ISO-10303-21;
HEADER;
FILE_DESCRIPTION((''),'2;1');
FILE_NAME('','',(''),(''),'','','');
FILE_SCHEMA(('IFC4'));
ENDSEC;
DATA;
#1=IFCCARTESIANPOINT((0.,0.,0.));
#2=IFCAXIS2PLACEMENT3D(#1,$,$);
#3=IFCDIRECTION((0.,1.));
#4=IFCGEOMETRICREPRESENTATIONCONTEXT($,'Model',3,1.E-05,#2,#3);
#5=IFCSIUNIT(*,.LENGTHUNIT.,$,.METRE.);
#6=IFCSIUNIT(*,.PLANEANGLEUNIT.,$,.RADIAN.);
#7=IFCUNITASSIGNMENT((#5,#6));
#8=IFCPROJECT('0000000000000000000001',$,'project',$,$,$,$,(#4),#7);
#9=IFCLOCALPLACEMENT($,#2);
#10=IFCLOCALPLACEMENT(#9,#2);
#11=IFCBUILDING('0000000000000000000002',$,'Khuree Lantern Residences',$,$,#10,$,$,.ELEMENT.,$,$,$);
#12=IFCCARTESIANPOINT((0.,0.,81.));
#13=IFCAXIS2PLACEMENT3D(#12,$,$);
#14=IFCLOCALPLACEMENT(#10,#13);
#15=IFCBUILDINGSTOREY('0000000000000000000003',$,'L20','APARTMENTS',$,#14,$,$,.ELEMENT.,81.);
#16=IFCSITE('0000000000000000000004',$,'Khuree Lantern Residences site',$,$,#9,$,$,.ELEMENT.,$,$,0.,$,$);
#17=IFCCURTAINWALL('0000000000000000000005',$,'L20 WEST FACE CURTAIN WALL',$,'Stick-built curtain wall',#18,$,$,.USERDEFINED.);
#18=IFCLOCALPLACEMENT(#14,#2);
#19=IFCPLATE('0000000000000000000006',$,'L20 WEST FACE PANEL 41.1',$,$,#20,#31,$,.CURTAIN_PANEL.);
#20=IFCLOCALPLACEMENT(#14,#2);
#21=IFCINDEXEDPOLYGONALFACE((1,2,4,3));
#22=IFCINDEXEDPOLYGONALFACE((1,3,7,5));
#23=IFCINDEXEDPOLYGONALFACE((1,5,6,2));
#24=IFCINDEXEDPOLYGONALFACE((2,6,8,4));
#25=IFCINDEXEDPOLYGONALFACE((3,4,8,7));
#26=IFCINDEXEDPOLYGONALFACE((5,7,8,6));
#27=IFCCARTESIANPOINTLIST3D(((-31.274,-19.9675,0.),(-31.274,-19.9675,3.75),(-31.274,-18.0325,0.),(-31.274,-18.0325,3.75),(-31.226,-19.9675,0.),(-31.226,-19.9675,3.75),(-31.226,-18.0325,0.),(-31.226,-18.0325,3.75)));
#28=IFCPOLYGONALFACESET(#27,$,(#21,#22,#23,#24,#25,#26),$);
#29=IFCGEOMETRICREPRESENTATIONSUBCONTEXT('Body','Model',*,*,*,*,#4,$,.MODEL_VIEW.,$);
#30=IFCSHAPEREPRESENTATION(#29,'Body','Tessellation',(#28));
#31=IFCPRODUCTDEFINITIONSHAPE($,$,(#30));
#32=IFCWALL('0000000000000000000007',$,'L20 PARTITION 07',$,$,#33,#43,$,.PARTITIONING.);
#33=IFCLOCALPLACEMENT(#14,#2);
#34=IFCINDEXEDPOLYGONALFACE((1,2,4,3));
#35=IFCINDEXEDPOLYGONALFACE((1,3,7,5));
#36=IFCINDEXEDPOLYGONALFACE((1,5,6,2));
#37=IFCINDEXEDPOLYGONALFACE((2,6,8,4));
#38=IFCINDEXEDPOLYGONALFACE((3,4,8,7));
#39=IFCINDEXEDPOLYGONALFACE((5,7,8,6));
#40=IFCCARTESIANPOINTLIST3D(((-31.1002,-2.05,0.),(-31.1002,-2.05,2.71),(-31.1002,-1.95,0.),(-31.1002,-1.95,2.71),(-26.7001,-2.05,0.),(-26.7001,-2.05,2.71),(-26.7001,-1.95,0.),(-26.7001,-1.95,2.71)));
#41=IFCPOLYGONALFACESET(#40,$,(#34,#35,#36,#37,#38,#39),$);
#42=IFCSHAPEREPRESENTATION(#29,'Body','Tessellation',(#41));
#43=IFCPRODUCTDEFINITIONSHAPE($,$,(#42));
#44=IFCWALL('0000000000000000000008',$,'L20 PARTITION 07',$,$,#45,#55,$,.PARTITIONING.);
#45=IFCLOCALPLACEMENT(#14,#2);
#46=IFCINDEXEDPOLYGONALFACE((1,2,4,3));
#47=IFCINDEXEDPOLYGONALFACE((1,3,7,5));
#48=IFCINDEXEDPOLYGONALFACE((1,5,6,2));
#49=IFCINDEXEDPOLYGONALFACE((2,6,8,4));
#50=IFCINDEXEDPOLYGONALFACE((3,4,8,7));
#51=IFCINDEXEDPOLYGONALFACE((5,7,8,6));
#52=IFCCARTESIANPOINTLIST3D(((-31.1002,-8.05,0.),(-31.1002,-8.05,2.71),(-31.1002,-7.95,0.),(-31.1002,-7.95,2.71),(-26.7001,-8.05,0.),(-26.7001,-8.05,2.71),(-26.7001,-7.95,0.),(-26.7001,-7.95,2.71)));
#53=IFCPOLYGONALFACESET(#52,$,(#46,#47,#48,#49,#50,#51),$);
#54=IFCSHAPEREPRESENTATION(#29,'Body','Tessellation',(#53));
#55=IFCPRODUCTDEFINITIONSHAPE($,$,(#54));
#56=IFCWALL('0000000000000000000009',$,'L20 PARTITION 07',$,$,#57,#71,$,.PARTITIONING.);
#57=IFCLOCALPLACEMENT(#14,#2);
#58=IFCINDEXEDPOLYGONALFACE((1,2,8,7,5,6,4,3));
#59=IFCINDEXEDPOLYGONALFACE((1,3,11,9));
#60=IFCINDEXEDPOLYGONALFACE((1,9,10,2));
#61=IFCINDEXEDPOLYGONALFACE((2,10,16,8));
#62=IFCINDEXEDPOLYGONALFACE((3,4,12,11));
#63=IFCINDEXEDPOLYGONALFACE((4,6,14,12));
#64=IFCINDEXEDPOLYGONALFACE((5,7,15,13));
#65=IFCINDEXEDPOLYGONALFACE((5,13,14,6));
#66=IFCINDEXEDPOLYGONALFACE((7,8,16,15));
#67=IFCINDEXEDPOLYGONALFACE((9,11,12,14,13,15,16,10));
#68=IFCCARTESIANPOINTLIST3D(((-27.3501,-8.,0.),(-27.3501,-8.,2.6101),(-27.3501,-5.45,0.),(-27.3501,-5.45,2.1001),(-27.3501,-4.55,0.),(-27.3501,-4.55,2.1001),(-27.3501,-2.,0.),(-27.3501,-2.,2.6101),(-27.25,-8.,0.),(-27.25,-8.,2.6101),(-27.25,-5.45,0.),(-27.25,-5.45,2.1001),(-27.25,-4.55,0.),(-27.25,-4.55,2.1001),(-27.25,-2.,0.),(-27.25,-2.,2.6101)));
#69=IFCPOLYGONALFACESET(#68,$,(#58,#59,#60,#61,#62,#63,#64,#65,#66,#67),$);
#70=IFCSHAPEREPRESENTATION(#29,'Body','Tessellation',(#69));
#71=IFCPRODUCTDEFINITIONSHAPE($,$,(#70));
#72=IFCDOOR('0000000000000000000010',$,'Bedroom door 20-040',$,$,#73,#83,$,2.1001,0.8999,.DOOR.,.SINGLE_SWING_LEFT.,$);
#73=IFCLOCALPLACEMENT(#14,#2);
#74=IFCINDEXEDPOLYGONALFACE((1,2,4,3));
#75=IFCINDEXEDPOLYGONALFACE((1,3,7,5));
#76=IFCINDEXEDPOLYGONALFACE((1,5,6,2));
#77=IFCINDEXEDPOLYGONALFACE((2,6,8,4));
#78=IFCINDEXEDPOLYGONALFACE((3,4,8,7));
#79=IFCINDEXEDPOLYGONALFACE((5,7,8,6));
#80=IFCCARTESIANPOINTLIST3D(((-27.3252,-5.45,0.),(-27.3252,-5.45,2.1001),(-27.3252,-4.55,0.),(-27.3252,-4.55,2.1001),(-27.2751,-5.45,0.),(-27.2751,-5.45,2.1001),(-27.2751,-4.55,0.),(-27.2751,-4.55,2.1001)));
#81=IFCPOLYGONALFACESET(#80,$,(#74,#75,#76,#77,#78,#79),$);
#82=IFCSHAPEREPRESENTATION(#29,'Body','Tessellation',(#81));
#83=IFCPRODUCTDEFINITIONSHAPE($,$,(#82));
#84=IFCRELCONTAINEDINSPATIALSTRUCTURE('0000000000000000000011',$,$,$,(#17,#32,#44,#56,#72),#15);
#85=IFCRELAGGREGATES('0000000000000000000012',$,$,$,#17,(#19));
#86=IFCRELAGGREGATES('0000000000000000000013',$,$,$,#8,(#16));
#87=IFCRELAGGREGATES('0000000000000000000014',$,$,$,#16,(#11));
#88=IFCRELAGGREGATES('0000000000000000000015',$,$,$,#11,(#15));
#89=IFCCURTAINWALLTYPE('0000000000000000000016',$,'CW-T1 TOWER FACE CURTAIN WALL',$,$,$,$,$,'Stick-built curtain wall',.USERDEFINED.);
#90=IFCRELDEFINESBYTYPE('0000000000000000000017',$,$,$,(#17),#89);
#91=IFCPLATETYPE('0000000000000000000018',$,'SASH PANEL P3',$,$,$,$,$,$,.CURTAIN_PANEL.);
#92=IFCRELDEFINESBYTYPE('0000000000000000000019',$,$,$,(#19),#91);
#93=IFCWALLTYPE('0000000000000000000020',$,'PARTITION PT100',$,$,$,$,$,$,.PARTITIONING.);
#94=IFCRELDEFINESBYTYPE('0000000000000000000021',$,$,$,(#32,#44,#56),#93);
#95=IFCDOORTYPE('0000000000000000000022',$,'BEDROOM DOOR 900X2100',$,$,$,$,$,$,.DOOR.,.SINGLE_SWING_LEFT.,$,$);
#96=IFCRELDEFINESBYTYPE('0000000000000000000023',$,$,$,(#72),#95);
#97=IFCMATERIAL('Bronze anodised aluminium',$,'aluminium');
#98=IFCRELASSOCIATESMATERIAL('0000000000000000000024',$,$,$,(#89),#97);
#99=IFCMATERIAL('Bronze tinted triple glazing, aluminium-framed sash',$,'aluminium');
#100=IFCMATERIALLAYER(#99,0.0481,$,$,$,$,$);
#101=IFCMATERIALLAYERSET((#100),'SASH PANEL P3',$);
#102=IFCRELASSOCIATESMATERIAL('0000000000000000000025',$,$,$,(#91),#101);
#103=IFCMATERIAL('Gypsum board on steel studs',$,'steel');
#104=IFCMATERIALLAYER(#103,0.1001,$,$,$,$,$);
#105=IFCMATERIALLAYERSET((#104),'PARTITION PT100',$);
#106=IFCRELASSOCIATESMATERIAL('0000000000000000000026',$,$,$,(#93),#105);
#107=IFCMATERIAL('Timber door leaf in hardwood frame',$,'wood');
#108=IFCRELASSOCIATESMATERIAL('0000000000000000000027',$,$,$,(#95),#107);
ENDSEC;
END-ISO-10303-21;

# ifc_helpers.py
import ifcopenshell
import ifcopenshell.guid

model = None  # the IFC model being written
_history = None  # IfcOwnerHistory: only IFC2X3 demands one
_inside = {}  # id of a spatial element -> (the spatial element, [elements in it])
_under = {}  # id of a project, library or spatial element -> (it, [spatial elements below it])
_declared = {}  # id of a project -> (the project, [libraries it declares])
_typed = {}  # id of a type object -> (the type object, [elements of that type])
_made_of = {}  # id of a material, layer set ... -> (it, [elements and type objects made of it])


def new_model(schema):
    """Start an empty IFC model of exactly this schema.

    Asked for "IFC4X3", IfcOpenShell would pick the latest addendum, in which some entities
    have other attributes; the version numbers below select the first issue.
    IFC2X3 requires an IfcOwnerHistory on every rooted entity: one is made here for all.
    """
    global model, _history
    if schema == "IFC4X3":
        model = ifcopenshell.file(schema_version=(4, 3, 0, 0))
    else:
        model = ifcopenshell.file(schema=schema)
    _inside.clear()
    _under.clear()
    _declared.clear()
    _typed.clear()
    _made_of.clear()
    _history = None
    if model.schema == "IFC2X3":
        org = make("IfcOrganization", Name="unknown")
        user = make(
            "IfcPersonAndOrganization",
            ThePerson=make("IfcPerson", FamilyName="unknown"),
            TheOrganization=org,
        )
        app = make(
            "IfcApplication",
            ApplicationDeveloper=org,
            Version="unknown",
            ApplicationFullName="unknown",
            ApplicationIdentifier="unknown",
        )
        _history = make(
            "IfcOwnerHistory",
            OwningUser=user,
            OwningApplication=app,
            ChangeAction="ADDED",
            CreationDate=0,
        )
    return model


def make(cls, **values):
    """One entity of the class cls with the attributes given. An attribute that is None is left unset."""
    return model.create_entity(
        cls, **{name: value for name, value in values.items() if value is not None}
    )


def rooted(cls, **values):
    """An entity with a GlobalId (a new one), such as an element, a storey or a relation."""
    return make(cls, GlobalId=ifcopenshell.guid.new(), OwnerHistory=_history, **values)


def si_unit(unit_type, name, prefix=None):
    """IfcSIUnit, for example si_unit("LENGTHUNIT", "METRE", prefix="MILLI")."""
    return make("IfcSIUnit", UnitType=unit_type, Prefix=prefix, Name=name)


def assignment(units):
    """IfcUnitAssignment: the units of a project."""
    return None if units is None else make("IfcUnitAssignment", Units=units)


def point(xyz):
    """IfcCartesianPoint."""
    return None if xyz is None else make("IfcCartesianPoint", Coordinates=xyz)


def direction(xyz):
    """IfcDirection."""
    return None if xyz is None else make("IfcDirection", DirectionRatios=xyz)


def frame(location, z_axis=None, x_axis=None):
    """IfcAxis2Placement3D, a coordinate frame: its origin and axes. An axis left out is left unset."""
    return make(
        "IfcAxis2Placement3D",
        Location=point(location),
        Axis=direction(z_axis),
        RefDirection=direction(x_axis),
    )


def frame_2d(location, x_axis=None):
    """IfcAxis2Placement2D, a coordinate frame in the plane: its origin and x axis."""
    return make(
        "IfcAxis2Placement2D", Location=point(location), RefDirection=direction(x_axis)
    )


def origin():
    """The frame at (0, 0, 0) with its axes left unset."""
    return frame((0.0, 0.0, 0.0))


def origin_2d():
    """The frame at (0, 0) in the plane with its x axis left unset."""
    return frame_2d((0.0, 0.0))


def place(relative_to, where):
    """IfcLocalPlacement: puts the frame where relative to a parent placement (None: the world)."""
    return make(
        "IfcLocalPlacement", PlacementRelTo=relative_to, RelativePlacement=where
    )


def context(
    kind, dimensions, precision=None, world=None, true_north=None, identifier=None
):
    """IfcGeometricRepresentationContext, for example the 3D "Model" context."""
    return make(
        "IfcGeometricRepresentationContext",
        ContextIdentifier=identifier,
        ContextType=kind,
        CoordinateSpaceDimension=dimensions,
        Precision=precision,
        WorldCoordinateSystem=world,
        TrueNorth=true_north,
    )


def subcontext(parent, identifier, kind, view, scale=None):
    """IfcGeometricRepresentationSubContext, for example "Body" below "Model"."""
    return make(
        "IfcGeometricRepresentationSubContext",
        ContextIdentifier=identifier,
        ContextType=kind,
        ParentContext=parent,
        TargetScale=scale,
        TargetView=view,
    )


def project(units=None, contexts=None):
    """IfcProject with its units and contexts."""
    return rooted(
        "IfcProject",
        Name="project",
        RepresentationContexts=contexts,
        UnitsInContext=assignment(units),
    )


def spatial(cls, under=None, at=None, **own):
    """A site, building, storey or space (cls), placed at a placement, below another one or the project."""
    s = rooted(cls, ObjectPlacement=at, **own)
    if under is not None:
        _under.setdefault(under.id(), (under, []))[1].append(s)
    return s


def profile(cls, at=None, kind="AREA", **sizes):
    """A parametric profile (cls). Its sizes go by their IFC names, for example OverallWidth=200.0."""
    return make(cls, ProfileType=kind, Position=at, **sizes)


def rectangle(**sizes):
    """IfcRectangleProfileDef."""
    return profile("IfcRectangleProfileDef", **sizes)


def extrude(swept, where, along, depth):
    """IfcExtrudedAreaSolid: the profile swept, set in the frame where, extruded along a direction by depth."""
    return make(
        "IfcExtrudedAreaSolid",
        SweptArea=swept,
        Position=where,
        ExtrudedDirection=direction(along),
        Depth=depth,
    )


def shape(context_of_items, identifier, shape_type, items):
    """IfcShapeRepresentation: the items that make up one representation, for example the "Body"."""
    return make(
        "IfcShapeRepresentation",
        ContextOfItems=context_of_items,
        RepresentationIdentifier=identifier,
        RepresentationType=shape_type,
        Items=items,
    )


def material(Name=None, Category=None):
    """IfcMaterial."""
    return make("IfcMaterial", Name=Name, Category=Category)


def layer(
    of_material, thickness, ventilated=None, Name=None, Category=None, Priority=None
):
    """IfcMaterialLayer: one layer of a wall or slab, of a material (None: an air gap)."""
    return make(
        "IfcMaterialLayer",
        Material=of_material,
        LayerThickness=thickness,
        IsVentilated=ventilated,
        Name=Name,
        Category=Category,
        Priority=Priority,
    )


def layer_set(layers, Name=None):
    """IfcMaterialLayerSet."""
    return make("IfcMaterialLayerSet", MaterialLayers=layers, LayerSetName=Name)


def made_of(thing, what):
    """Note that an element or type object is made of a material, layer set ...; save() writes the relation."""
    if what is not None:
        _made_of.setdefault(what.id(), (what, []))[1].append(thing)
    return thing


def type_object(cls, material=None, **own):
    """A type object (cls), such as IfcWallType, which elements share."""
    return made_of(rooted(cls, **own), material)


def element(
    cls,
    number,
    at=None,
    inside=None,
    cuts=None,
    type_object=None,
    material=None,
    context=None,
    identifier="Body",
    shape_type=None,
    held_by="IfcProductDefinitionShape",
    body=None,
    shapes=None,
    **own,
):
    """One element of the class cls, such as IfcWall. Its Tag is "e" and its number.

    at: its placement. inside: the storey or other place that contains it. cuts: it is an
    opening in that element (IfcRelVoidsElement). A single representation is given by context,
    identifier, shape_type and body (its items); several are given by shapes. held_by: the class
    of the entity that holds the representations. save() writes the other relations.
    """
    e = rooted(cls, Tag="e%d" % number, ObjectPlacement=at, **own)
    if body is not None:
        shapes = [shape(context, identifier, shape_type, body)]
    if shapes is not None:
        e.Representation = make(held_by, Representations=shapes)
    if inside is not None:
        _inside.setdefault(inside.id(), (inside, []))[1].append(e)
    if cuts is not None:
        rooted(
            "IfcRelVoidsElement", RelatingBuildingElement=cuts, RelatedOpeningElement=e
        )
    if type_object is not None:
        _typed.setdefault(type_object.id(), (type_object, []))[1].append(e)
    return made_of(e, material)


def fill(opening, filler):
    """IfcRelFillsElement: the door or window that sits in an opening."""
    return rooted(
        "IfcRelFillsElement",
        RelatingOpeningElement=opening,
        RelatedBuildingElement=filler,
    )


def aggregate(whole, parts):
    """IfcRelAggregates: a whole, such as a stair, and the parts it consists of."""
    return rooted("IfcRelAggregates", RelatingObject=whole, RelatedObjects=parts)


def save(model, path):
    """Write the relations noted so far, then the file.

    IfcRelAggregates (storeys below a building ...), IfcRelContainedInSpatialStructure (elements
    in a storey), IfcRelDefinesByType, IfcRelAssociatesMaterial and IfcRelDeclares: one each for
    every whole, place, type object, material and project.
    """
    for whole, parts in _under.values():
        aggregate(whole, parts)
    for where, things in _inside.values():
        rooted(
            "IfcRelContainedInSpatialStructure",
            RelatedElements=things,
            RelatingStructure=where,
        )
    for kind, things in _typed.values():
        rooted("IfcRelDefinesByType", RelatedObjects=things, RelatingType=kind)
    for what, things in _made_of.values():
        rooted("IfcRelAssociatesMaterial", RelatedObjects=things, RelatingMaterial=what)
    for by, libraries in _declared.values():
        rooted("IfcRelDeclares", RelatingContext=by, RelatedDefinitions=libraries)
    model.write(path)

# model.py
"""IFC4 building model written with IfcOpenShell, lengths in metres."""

from ifc_helpers import new_model, si_unit, direction, frame, frame_2d, origin, origin_2d, place, context, subcontext, project, spatial, rectangle, extrude, material, layer, layer_set, type_object, element, fill, aggregate, save


model = new_model("IFC4")

# Units and contexts
model_context = context("Model", 3, precision=1e-05, world=origin(), true_north=direction((0.0, 1.0)))
body_context = subcontext(model_context, "Body", "Model", "MODEL_VIEW")
ifc_project = project(units=[si_unit("LENGTHUNIT", "METRE"), si_unit("PLANEANGLEUNIT", "RADIAN")], contexts=[model_context])

# Site, building, storey
site_placement = place(None, origin())
site = spatial("IfcSite", under=ifc_project, at=site_placement, Name="Khuree Lantern Residences site", CompositionType="ELEMENT", RefElevation=0.0)
building_placement = place(site_placement, origin())
building = spatial("IfcBuilding", under=site, at=building_placement, Name="Khuree Lantern Residences", CompositionType="ELEMENT")
storey_placement = place(building_placement, frame((0.0, 0.0, 81.0)))
storey = spatial("IfcBuildingStorey", under=building, at=storey_placement, Name="L20", Description="APARTMENTS", CompositionType="ELEMENT", Elevation=81.0)

# Curtain wall
ifc_material_1 = material(Name="Bronze anodised aluminium", Category="aluminium")
curtain_wall_type = type_object("IfcCurtainWallType", Name="CW-T1 TOWER FACE CURTAIN WALL", ElementType="Stick-built curtain wall", PredefinedType="USERDEFINED", material=ifc_material_1)
curtain_wall_placement = place(storey_placement, origin())
curtain_wall = element("IfcCurtainWall", 1, at=curtain_wall_placement, inside=storey, type_object=curtain_wall_type, Name="L20 WEST FACE CURTAIN WALL", ObjectType="Stick-built curtain wall", PredefinedType="USERDEFINED")

# Plate
ifc_material_2 = material(Name="Bronze tinted triple glazing, aluminium-framed sash", Category="aluminium")
ifc_layer_1 = layer(ifc_material_2, 0.0481)
ifc_layer_set_1 = layer_set([ifc_layer_1], Name="SASH PANEL P3")
plate_type_1 = type_object("IfcPlateType", Name="SASH PANEL P3", PredefinedType="CURTAIN_PANEL", material=ifc_layer_set_1)
plate_1_placement = place(storey_placement, frame((-31.25, -19.0, 0.0), z_axis=(0.0, 0.0, 1.0), x_axis=(0.0, -1.0, 0.0)))
plate_1 = element("IfcPlate", 2, at=plate_1_placement, type_object=plate_type_1, Name="L20 WEST FACE PANEL 41.1", PredefinedType="CURTAIN_PANEL", context=body_context, shape_type="SweptSolid", body=[
    extrude(rectangle(XDim=1.9351, YDim=0.0481, at=origin_2d()), origin(), (0.0, 0.0, 1.0), 3.75),
])
aggregate(curtain_wall, [plate_1])

# Walls
ifc_material_3 = material(Name="Gypsum board on steel studs", Category="steel")
ifc_layer_2 = layer(ifc_material_3, 0.1001)
ifc_layer_set_2 = layer_set([ifc_layer_2], Name="PARTITION PT100")
wall_type = type_object("IfcWallType", Name="PARTITION PT100", PredefinedType="PARTITIONING", material=ifc_layer_set_2)
for number, where, z_axis, x_axis, name in (
    (3, (-26.7, -2.0, 0.0), (0.0, 0.0, 1.0), (-1.0, 0.0, 0.0), "L20 PARTITION 07"),
    (4, (-26.7, -8.0, 0.0), (0.0, 0.0, 1.0), (-1.0, 0.0, 0.0), "L20 PARTITION 07"),
):
    element("IfcWall", number, at=place(storey_placement, frame(where, z_axis=z_axis, x_axis=x_axis)), inside=storey, type_object=wall_type, Name=name, PredefinedType="PARTITIONING", context=body_context, shape_type="SweptSolid", body=[
        extrude(rectangle(XDim=4.4001, YDim=0.1001, at=frame_2d((2.2002, 0.0))), origin(), (0.0, 0.0, 1.0), 2.71),
    ])

# Wall, opening, door
wall_placement = place(storey_placement, frame((-27.3, -2.0, 0.0), z_axis=(0.0, 0.0, 1.0), x_axis=(0.0, -1.0, 0.0)))
wall = element("IfcWall", 5, at=wall_placement, inside=storey, type_object=wall_type, Name="L20 PARTITION 07", PredefinedType="PARTITIONING", context=body_context, shape_type="SweptSolid", body=[
    extrude(rectangle(XDim=6.0, YDim=0.1001, at=frame_2d((3.0, 0.0))), origin(), (0.0, 0.0, 1.0), 2.6101),
])
opening_placement = place(wall_placement, frame((2.55, 0.0, 0.0)))
opening = element("IfcOpeningElement", 6, at=opening_placement, cuts=wall, PredefinedType="OPENING", context=body_context, shape_type="SweptSolid", body=[
    extrude(rectangle(XDim=0.8999, YDim=2.1001, at=frame_2d((0.45, 1.05))), frame((0.0, 0.0601, 0.0), z_axis=(0.0, -1.0, 0.0), x_axis=(1.0, 0.0, 0.0)), (0.0, 0.0, 1.0), 0.1201),
])
ifc_material_4 = material(Name="Timber door leaf in hardwood frame", Category="wood")
door_type = type_object("IfcDoorType", Name="BEDROOM DOOR 900X2100", OperationType="SINGLE_SWING_LEFT", PredefinedType="DOOR", material=ifc_material_4)
door_placement = place(opening_placement, origin())
door = element("IfcDoor", 7, at=door_placement, inside=storey, type_object=door_type, Name="Bedroom door 20-040", OperationType="SINGLE_SWING_LEFT", OverallHeight=2.1001, OverallWidth=0.8999, PredefinedType="DOOR", context=body_context, shape_type="SweptSolid", body=[
    extrude(rectangle(XDim=0.8999, YDim=2.1001, at=frame_2d((0.45, 1.05))), frame((0.0, 0.0249, 0.0), z_axis=(0.0, -1.0, 0.0), x_axis=(1.0, 0.0, 0.0)), (0.0, 0.0, 1.0), 0.05),
])
fill(opening, door)

save(model, "model.ifc")
